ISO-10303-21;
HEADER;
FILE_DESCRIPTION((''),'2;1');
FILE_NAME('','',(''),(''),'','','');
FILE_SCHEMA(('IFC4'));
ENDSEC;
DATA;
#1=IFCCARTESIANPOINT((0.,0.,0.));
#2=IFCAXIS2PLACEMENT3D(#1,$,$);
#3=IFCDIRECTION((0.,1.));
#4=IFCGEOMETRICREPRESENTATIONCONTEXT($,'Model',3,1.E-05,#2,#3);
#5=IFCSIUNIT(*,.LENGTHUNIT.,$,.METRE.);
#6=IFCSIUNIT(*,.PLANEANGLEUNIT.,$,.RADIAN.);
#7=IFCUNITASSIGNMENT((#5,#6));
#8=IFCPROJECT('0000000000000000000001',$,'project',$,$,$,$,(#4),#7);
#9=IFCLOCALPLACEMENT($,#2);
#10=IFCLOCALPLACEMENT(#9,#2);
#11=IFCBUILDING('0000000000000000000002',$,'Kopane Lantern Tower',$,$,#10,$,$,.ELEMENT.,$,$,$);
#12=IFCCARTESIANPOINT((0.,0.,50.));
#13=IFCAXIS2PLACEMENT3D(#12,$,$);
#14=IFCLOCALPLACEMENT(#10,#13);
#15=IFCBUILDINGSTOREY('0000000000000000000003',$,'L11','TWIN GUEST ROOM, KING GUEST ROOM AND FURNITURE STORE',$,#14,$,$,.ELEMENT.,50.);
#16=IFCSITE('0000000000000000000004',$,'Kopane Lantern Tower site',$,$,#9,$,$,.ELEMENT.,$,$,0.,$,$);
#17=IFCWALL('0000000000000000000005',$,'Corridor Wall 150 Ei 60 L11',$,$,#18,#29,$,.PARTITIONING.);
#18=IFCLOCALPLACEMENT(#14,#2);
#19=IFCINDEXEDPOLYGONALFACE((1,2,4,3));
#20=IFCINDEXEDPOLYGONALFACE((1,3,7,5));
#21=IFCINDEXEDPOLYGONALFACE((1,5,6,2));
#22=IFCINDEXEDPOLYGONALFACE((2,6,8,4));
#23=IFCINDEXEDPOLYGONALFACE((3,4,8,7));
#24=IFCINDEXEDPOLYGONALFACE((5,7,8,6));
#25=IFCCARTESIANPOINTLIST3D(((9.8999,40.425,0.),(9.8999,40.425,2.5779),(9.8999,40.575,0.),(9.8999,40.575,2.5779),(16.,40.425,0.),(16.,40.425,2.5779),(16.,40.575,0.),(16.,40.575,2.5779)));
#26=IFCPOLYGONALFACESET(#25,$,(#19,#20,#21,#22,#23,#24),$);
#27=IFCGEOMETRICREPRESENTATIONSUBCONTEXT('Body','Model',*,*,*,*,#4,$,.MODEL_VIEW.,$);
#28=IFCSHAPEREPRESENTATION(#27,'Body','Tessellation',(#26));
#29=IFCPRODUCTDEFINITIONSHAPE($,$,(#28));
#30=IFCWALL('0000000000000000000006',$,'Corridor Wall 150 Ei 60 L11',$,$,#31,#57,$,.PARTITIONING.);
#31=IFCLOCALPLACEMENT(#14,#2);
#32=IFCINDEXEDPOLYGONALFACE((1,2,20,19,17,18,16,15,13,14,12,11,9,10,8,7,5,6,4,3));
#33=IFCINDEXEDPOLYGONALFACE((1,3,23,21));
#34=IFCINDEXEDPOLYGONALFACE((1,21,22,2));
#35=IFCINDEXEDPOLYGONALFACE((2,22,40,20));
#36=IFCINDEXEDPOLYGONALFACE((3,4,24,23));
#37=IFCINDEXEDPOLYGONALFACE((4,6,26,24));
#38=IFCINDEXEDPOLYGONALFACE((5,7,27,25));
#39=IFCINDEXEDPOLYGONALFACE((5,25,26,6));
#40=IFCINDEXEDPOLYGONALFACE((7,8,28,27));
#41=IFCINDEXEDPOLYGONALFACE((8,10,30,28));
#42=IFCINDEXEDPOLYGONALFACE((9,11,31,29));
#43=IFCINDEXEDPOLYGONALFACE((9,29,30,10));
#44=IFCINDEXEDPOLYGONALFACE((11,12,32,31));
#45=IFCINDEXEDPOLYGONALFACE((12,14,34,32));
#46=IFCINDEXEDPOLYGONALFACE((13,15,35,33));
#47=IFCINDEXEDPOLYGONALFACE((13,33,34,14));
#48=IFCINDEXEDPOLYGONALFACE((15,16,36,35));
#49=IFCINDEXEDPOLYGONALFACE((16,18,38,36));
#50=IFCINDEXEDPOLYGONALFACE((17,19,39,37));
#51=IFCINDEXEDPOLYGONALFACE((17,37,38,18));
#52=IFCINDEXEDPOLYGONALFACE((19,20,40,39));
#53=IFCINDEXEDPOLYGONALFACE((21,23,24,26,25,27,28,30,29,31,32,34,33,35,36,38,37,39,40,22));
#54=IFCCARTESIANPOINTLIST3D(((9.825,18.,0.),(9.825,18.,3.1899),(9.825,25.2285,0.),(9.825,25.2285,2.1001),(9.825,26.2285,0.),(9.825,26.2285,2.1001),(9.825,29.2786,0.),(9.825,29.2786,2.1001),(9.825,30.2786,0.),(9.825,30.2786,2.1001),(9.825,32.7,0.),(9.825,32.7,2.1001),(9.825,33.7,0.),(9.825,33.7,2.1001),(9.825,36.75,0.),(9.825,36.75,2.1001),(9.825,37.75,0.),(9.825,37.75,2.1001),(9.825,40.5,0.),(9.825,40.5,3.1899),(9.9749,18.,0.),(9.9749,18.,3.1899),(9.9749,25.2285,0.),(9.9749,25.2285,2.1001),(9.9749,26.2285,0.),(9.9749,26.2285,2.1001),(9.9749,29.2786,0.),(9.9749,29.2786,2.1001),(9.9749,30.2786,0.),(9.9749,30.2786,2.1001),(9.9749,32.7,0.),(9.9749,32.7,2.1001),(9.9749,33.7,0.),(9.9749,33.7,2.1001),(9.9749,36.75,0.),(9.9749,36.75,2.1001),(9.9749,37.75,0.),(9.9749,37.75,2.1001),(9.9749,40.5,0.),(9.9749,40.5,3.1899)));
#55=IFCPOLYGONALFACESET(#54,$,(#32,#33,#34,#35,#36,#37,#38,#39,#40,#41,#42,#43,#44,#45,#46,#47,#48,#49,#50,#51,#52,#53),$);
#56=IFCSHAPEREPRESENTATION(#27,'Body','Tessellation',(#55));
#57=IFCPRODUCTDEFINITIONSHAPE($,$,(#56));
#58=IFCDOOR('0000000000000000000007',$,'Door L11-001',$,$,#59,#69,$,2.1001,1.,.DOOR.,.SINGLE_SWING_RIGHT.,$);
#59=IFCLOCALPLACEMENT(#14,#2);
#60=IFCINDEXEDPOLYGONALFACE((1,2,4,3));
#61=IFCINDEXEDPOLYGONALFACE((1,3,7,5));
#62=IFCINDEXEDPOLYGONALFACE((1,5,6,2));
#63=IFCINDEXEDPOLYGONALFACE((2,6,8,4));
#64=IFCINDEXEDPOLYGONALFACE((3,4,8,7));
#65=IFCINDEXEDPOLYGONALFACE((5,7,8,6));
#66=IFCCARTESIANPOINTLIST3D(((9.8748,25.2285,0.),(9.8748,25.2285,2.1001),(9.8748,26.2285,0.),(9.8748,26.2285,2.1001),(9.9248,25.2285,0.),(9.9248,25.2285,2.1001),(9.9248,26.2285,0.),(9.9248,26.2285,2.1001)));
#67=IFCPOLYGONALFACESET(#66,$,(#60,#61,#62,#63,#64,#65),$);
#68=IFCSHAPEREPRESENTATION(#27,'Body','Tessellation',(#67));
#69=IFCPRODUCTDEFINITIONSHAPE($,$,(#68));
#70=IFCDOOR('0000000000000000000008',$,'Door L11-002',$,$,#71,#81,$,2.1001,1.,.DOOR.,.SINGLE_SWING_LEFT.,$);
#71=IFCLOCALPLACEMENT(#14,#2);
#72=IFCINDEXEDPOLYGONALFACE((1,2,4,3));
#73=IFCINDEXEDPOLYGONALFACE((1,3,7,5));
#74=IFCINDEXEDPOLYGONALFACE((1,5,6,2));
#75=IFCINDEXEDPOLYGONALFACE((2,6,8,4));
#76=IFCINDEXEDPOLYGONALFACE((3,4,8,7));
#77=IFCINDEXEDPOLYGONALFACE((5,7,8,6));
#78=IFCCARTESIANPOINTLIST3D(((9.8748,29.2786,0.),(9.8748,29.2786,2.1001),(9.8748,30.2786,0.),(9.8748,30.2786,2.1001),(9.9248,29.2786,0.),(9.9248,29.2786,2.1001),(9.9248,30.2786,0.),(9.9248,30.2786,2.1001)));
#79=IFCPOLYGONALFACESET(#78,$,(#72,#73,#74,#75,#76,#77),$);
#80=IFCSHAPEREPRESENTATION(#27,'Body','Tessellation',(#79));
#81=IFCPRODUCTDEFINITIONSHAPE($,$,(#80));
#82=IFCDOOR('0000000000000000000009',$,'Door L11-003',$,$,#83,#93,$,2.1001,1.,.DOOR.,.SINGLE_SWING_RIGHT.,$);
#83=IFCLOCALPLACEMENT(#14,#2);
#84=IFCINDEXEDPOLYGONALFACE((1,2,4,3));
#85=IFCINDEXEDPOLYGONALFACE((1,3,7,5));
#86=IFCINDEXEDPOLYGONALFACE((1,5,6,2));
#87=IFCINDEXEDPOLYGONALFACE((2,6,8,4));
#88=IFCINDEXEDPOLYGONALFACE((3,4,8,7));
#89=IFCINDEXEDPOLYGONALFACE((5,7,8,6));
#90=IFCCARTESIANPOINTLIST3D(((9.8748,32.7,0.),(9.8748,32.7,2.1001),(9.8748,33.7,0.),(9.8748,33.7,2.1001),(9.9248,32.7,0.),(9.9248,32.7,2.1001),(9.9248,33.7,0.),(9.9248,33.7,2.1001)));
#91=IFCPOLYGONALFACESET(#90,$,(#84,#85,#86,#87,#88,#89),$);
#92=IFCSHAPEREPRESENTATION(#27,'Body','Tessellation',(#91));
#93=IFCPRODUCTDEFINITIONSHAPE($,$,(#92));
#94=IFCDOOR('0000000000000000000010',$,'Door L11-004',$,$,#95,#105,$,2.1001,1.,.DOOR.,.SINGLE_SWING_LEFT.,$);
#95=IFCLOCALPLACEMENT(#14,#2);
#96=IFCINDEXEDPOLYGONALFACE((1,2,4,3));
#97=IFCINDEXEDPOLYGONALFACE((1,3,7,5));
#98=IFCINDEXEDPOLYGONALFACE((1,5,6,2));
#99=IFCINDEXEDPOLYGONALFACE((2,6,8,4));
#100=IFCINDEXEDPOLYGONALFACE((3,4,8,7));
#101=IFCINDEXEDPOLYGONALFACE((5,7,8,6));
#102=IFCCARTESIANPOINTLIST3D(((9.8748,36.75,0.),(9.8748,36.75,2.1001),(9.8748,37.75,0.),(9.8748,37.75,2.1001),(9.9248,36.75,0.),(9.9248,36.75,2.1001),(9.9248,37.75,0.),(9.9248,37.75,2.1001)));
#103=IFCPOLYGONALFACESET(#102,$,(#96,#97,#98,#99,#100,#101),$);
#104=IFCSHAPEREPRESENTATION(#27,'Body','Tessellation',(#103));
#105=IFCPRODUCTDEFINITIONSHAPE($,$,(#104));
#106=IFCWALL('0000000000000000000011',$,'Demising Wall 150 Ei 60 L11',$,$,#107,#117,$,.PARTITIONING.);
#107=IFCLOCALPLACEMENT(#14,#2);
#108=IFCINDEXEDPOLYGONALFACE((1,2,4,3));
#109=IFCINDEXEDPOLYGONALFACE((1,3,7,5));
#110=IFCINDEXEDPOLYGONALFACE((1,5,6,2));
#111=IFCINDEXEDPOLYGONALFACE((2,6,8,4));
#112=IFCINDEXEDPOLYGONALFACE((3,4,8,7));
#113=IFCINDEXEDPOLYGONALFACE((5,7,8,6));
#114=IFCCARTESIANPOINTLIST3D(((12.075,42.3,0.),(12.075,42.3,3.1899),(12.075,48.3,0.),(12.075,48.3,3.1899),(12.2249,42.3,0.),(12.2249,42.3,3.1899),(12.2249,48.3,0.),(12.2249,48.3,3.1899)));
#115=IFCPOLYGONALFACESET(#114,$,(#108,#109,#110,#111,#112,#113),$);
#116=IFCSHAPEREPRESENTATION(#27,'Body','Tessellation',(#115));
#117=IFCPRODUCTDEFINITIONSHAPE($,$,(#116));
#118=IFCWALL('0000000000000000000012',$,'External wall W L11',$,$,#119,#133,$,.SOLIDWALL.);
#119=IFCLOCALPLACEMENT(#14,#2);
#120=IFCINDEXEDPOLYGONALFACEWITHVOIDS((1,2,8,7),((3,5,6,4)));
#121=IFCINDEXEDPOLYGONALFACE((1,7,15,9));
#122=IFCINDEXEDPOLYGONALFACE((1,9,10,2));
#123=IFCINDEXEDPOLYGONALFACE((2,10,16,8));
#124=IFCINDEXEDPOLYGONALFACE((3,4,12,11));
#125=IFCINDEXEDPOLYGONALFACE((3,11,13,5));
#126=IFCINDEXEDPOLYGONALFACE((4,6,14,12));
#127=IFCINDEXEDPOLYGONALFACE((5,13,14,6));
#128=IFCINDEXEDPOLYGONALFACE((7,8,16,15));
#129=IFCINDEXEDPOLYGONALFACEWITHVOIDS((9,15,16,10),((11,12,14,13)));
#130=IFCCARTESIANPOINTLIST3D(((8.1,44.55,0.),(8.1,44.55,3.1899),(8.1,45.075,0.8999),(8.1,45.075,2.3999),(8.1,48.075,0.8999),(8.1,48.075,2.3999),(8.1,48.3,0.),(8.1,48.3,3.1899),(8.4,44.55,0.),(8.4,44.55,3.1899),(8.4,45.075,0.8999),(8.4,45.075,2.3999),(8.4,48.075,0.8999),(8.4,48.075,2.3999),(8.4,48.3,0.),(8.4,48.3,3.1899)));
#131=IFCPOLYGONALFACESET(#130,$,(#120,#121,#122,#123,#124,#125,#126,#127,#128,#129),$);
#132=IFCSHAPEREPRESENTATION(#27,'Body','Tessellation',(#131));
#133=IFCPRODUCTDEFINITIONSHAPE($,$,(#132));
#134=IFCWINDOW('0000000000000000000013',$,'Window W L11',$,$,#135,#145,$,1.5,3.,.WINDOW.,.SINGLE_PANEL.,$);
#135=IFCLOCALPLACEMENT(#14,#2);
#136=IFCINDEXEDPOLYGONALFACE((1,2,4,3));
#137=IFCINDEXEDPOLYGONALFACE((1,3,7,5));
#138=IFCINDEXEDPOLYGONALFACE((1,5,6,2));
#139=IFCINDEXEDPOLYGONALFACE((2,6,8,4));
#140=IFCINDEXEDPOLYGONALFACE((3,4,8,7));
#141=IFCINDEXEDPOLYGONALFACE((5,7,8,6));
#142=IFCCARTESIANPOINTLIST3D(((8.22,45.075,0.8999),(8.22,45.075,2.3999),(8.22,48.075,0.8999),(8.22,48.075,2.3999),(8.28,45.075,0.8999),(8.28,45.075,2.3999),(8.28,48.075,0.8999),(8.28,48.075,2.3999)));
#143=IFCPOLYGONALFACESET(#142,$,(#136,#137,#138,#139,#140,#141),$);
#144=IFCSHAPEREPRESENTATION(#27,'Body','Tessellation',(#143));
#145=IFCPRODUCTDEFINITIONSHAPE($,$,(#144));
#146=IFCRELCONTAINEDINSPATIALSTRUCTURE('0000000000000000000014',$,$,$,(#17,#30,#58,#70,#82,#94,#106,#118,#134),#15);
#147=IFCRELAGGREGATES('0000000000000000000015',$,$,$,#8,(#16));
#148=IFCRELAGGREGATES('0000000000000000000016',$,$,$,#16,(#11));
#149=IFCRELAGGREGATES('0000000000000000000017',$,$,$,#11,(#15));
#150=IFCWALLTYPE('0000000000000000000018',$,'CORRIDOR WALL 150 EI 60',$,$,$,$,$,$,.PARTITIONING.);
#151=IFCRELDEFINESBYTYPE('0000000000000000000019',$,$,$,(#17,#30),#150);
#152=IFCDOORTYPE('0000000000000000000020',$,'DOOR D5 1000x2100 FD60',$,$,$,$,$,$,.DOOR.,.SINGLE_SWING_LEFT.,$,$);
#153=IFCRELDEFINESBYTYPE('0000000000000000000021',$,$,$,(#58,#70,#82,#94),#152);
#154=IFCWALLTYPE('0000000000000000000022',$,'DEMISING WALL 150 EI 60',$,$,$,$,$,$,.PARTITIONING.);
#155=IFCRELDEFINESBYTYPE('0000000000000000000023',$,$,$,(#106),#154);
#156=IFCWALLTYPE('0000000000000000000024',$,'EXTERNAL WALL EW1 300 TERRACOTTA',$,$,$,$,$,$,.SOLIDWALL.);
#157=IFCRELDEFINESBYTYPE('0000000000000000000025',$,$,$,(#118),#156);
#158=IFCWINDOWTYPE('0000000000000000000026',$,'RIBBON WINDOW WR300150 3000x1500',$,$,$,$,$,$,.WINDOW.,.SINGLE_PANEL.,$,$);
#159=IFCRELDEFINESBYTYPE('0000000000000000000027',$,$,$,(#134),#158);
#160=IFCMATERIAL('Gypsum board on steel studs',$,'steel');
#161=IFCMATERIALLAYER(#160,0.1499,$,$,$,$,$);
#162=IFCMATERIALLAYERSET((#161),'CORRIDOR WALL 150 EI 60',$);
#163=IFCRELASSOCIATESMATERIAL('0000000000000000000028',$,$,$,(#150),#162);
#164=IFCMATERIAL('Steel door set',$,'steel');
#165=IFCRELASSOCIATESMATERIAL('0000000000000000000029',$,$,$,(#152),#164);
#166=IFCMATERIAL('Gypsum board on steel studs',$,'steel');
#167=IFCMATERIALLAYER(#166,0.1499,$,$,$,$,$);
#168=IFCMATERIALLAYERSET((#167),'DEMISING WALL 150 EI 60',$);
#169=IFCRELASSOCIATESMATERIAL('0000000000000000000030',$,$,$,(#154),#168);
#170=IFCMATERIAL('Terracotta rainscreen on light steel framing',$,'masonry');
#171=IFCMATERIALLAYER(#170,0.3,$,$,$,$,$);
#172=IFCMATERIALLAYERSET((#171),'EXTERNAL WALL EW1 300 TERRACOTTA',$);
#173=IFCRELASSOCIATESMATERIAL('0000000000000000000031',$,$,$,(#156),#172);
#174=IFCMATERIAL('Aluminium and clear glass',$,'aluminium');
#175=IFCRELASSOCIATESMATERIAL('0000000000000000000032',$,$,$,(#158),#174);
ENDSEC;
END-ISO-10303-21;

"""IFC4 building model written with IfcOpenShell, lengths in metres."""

from ifc_helpers import new_model, si_unit, direction, frame, frame_2d, origin, place, context, subcontext, project, spatial, rectangle, extrude, material, layer, layer_set, type_object, element, fill, save


model = new_model("IFC4")

# Units and contexts
model_context = context("Model", 3, precision=1e-05, world=origin(), true_north=direction((0.0, 1.0)))
body_context = subcontext(model_context, "Body", "Model", "MODEL_VIEW")
ifc_project = project(units=[si_unit("LENGTHUNIT", "METRE"), si_unit("PLANEANGLEUNIT", "RADIAN")], contexts=[model_context])

# Site, building, storey
site_placement = place(None, origin())
site = spatial("IfcSite", under=ifc_project, at=site_placement, Name="Kopane Lantern Tower site", CompositionType="ELEMENT", RefElevation=0.0)
building_placement = place(site_placement, origin())
building = spatial("IfcBuilding", under=site, at=building_placement, Name="Kopane Lantern Tower", CompositionType="ELEMENT")
storey_placement = place(building_placement, frame((0.0, 0.0, 50.0)))
storey = spatial("IfcBuildingStorey", under=building, at=storey_placement, Name="L11", Description="TWIN GUEST ROOM, KING GUEST ROOM AND FURNITURE STORE", CompositionType="ELEMENT", Elevation=50.0)

# Wall
ifc_material_1 = material(Name="Gypsum board on steel studs", Category="steel")
ifc_layer_1 = layer(ifc_material_1, 0.1499)
ifc_layer_set_1 = layer_set([ifc_layer_1], Name="CORRIDOR WALL 150 EI 60")
wall_type_1 = type_object("IfcWallType", Name="CORRIDOR WALL 150 EI 60", PredefinedType="PARTITIONING", material=ifc_layer_set_1)
wall_1_placement = place(storey_placement, frame((16.0, 40.5, 0.0), z_axis=(0.0, 0.0, 1.0), x_axis=(-1.0, 0.0, 0.0)))
element("IfcWall", 1, at=wall_1_placement, inside=storey, type_object=wall_type_1, Name="Corridor Wall 150 Ei 60 L11", PredefinedType="PARTITIONING", context=body_context, shape_type="SweptSolid", body=[
    extrude(rectangle(XDim=6.1001, YDim=0.1499, at=frame_2d((3.05, 0.0))), origin(), (0.0, 0.0, 1.0), 2.5779),
])

# Wall, openings, doors
wall_2_placement = place(storey_placement, frame((9.8999, 40.5, 0.0), z_axis=(0.0, 0.0, 1.0), x_axis=(0.0, -1.0, 0.0)))
wall_2 = element("IfcWall", 2, at=wall_2_placement, inside=storey, type_object=wall_type_1, Name="Corridor Wall 150 Ei 60 L11", PredefinedType="PARTITIONING", context=body_context, shape_type="SweptSolid", body=[
    extrude(rectangle(XDim=22.5, YDim=0.1499, at=frame_2d((11.25, 0.0))), origin(), (0.0, 0.0, 1.0), 3.1899),
])
opening_1_placement = place(wall_2_placement, frame((14.2715, 0.0, 0.0)))
opening_1 = element("IfcOpeningElement", 3, at=opening_1_placement, cuts=wall_2, PredefinedType="OPENING", context=body_context, shape_type="SweptSolid", body=[
    extrude(rectangle(XDim=1.0, YDim=2.1001, at=frame_2d((0.5, 1.05))), frame((0.0, 0.085, 0.0), z_axis=(0.0, -1.0, 0.0), x_axis=(1.0, 0.0, 0.0)), (0.0, 0.0, 1.0), 0.1699),
])
opening_2_placement = place(wall_2_placement, frame((10.2214, 0.0, 0.0)))
opening_2 = element("IfcOpeningElement", 4, at=opening_2_placement, cuts=wall_2, PredefinedType="OPENING", context=body_context, shape_type="SweptSolid", body=[
    extrude(rectangle(XDim=1.0, YDim=2.1001, at=frame_2d((0.5, 1.05))), frame((0.0, 0.085, 0.0), z_axis=(0.0, -1.0, 0.0), x_axis=(1.0, 0.0, 0.0)), (0.0, 0.0, 1.0), 0.1699),
])
opening_3_placement = place(wall_2_placement, frame((6.8, 0.0, 0.0)))
opening_3 = element("IfcOpeningElement", 5, at=opening_3_placement, cuts=wall_2, PredefinedType="OPENING", context=body_context, shape_type="SweptSolid", body=[
    extrude(rectangle(XDim=1.0, YDim=2.1001, at=frame_2d((0.5, 1.05))), frame((0.0, 0.085, 0.0), z_axis=(0.0, -1.0, 0.0), x_axis=(1.0, 0.0, 0.0)), (0.0, 0.0, 1.0), 0.1699),
])
opening_4_placement = place(wall_2_placement, frame((2.75, 0.0, 0.0)))
opening_4 = element("IfcOpeningElement", 6, at=opening_4_placement, cuts=wall_2, PredefinedType="OPENING", context=body_context, shape_type="SweptSolid", body=[
    extrude(rectangle(XDim=1.0, YDim=2.1001, at=frame_2d((0.5, 1.05))), frame((0.0, 0.085, 0.0), z_axis=(0.0, -1.0, 0.0), x_axis=(1.0, 0.0, 0.0)), (0.0, 0.0, 1.0), 0.1699),
])
ifc_material_2 = material(Name="Steel door set", Category="steel")
door_type_1 = type_object("IfcDoorType", Name="DOOR D5 1000x2100 FD60", OperationType="SINGLE_SWING_LEFT", PredefinedType="DOOR", material=ifc_material_2)
door_1_placement = place(opening_1_placement, origin())
door_1 = element("IfcDoor", 7, at=door_1_placement, inside=storey, type_object=door_type_1, Name="Door L11-001", OperationType="SINGLE_SWING_RIGHT", OverallHeight=2.1001, OverallWidth=1.0, PredefinedType="DOOR", context=body_context, shape_type="SweptSolid", body=[
    extrude(rectangle(XDim=1.0, YDim=2.1001, at=frame_2d((0.5, 1.05))), frame((0.0, 0.0249, 0.0), z_axis=(0.0, -1.0, 0.0), x_axis=(1.0, 0.0, 0.0)), (0.0, 0.0, 1.0), 0.05),
])
fill(opening_1, door_1)
door_2_placement = place(opening_2_placement, origin())
door_2 = element("IfcDoor", 8, at=door_2_placement, inside=storey, type_object=door_type_1, Name="Door L11-002", OperationType="SINGLE_SWING_LEFT", OverallHeight=2.1001, OverallWidth=1.0, PredefinedType="DOOR", context=body_context, shape_type="SweptSolid", body=[
    extrude(rectangle(XDim=1.0, YDim=2.1001, at=frame_2d((0.5, 1.05))), frame((0.0, 0.0249, 0.0), z_axis=(0.0, -1.0, 0.0), x_axis=(1.0, 0.0, 0.0)), (0.0, 0.0, 1.0), 0.05),
])
fill(opening_2, door_2)
door_3_placement = place(opening_3_placement, origin())
door_3 = element("IfcDoor", 9, at=door_3_placement, inside=storey, type_object=door_type_1, Name="Door L11-003", OperationType="SINGLE_SWING_RIGHT", OverallHeight=2.1001, OverallWidth=1.0, PredefinedType="DOOR", context=body_context, shape_type="SweptSolid", body=[
    extrude(rectangle(XDim=1.0, YDim=2.1001, at=frame_2d((0.5, 1.05))), frame((0.0, 0.0249, 0.0), z_axis=(0.0, -1.0, 0.0), x_axis=(1.0, 0.0, 0.0)), (0.0, 0.0, 1.0), 0.05),
])
fill(opening_3, door_3)
door_4_placement = place(opening_4_placement, origin())
door_4 = element("IfcDoor", 10, at=door_4_placement, inside=storey, type_object=door_type_1, Name="Door L11-004", OperationType="SINGLE_SWING_LEFT", OverallHeight=2.1001, OverallWidth=1.0, PredefinedType="DOOR", context=body_context, shape_type="SweptSolid", body=[
    extrude(rectangle(XDim=1.0, YDim=2.1001, at=frame_2d((0.5, 1.05))), frame((0.0, 0.0249, 0.0), z_axis=(0.0, -1.0, 0.0), x_axis=(1.0, 0.0, 0.0)), (0.0, 0.0, 1.0), 0.05),
])
fill(opening_4, door_4)

# Wall
ifc_material_3 = material(Name="Gypsum board on steel studs", Category="steel")
ifc_layer_2 = layer(ifc_material_3, 0.1499)
ifc_layer_set_2 = layer_set([ifc_layer_2], Name="DEMISING WALL 150 EI 60")
wall_type_2 = type_object("IfcWallType", Name="DEMISING WALL 150 EI 60", PredefinedType="PARTITIONING", material=ifc_layer_set_2)
wall_3_placement = place(storey_placement, frame((12.1499, 42.3, 0.0), z_axis=(0.0, 0.0, 1.0), x_axis=(0.0, 1.0, 0.0)))
element("IfcWall", 11, at=wall_3_placement, inside=storey, type_object=wall_type_2, Name="Demising Wall 150 Ei 60 L11", PredefinedType="PARTITIONING", context=body_context, shape_type="SweptSolid", body=[
    extrude(rectangle(XDim=6.0, YDim=0.1499, at=frame_2d((3.0, 0.0))), origin(), (0.0, 0.0, 1.0), 3.1899),
])

# Wall, opening, window
ifc_material_4 = material(Name="Terracotta rainscreen on light steel framing", Category="masonry")
ifc_layer_3 = layer(ifc_material_4, 0.3)
ifc_layer_set_3 = layer_set([ifc_layer_3], Name="EXTERNAL WALL EW1 300 TERRACOTTA")
wall_type_3 = type_object("IfcWallType", Name="EXTERNAL WALL EW1 300 TERRACOTTA", PredefinedType="SOLIDWALL", material=ifc_layer_set_3)
wall_4_placement = place(storey_placement, frame((8.25, 48.3, 0.0), z_axis=(0.0, 0.0, 1.0), x_axis=(0.0, -1.0, 0.0)))
wall_4 = element("IfcWall", 12, at=wall_4_placement, inside=storey, type_object=wall_type_3, Name="External wall W L11", PredefinedType="SOLIDWALL", context=body_context, shape_type="SweptSolid", body=[
    extrude(rectangle(XDim=3.75, YDim=0.3, at=frame_2d((1.875, 0.0))), origin(), (0.0, 0.0, 1.0), 3.1899),
])
opening_5_placement = place(wall_4_placement, frame((0.2251, 0.0, 0.8999)))
opening_5 = element("IfcOpeningElement", 13, at=opening_5_placement, cuts=wall_4, PredefinedType="OPENING", context=body_context, shape_type="SweptSolid", body=[
    extrude(rectangle(XDim=3.0, YDim=1.5, at=frame_2d((1.5, 0.75))), frame((0.0, 0.1599, 0.0), z_axis=(0.0, -1.0, 0.0), x_axis=(1.0, 0.0, 0.0)), (0.0, 0.0, 1.0), 0.3201),
])
ifc_material_5 = material(Name="Aluminium and clear glass", Category="aluminium")
window_type = type_object("IfcWindowType", Name="RIBBON WINDOW WR300150 3000x1500", PartitioningType="SINGLE_PANEL", PredefinedType="WINDOW", material=ifc_material_5)
window_1_placement = place(opening_5_placement, origin())
window_1 = element("IfcWindow", 14, at=window_1_placement, inside=storey, type_object=window_type, Name="Window W L11", OverallHeight=1.5, OverallWidth=3.0, PartitioningType="SINGLE_PANEL", PredefinedType="WINDOW", context=body_context, shape_type="SweptSolid", body=[
    extrude(rectangle(XDim=3.0, YDim=1.5, at=frame_2d((1.5, 0.75))), frame((0.0, 0.03, 0.0), z_axis=(0.0, -1.0, 0.0), x_axis=(1.0, 0.0, 0.0)), (0.0, 0.0, 1.0), 0.0601),
])
fill(opening_5, window_1)

save(model, "model.ifc")
